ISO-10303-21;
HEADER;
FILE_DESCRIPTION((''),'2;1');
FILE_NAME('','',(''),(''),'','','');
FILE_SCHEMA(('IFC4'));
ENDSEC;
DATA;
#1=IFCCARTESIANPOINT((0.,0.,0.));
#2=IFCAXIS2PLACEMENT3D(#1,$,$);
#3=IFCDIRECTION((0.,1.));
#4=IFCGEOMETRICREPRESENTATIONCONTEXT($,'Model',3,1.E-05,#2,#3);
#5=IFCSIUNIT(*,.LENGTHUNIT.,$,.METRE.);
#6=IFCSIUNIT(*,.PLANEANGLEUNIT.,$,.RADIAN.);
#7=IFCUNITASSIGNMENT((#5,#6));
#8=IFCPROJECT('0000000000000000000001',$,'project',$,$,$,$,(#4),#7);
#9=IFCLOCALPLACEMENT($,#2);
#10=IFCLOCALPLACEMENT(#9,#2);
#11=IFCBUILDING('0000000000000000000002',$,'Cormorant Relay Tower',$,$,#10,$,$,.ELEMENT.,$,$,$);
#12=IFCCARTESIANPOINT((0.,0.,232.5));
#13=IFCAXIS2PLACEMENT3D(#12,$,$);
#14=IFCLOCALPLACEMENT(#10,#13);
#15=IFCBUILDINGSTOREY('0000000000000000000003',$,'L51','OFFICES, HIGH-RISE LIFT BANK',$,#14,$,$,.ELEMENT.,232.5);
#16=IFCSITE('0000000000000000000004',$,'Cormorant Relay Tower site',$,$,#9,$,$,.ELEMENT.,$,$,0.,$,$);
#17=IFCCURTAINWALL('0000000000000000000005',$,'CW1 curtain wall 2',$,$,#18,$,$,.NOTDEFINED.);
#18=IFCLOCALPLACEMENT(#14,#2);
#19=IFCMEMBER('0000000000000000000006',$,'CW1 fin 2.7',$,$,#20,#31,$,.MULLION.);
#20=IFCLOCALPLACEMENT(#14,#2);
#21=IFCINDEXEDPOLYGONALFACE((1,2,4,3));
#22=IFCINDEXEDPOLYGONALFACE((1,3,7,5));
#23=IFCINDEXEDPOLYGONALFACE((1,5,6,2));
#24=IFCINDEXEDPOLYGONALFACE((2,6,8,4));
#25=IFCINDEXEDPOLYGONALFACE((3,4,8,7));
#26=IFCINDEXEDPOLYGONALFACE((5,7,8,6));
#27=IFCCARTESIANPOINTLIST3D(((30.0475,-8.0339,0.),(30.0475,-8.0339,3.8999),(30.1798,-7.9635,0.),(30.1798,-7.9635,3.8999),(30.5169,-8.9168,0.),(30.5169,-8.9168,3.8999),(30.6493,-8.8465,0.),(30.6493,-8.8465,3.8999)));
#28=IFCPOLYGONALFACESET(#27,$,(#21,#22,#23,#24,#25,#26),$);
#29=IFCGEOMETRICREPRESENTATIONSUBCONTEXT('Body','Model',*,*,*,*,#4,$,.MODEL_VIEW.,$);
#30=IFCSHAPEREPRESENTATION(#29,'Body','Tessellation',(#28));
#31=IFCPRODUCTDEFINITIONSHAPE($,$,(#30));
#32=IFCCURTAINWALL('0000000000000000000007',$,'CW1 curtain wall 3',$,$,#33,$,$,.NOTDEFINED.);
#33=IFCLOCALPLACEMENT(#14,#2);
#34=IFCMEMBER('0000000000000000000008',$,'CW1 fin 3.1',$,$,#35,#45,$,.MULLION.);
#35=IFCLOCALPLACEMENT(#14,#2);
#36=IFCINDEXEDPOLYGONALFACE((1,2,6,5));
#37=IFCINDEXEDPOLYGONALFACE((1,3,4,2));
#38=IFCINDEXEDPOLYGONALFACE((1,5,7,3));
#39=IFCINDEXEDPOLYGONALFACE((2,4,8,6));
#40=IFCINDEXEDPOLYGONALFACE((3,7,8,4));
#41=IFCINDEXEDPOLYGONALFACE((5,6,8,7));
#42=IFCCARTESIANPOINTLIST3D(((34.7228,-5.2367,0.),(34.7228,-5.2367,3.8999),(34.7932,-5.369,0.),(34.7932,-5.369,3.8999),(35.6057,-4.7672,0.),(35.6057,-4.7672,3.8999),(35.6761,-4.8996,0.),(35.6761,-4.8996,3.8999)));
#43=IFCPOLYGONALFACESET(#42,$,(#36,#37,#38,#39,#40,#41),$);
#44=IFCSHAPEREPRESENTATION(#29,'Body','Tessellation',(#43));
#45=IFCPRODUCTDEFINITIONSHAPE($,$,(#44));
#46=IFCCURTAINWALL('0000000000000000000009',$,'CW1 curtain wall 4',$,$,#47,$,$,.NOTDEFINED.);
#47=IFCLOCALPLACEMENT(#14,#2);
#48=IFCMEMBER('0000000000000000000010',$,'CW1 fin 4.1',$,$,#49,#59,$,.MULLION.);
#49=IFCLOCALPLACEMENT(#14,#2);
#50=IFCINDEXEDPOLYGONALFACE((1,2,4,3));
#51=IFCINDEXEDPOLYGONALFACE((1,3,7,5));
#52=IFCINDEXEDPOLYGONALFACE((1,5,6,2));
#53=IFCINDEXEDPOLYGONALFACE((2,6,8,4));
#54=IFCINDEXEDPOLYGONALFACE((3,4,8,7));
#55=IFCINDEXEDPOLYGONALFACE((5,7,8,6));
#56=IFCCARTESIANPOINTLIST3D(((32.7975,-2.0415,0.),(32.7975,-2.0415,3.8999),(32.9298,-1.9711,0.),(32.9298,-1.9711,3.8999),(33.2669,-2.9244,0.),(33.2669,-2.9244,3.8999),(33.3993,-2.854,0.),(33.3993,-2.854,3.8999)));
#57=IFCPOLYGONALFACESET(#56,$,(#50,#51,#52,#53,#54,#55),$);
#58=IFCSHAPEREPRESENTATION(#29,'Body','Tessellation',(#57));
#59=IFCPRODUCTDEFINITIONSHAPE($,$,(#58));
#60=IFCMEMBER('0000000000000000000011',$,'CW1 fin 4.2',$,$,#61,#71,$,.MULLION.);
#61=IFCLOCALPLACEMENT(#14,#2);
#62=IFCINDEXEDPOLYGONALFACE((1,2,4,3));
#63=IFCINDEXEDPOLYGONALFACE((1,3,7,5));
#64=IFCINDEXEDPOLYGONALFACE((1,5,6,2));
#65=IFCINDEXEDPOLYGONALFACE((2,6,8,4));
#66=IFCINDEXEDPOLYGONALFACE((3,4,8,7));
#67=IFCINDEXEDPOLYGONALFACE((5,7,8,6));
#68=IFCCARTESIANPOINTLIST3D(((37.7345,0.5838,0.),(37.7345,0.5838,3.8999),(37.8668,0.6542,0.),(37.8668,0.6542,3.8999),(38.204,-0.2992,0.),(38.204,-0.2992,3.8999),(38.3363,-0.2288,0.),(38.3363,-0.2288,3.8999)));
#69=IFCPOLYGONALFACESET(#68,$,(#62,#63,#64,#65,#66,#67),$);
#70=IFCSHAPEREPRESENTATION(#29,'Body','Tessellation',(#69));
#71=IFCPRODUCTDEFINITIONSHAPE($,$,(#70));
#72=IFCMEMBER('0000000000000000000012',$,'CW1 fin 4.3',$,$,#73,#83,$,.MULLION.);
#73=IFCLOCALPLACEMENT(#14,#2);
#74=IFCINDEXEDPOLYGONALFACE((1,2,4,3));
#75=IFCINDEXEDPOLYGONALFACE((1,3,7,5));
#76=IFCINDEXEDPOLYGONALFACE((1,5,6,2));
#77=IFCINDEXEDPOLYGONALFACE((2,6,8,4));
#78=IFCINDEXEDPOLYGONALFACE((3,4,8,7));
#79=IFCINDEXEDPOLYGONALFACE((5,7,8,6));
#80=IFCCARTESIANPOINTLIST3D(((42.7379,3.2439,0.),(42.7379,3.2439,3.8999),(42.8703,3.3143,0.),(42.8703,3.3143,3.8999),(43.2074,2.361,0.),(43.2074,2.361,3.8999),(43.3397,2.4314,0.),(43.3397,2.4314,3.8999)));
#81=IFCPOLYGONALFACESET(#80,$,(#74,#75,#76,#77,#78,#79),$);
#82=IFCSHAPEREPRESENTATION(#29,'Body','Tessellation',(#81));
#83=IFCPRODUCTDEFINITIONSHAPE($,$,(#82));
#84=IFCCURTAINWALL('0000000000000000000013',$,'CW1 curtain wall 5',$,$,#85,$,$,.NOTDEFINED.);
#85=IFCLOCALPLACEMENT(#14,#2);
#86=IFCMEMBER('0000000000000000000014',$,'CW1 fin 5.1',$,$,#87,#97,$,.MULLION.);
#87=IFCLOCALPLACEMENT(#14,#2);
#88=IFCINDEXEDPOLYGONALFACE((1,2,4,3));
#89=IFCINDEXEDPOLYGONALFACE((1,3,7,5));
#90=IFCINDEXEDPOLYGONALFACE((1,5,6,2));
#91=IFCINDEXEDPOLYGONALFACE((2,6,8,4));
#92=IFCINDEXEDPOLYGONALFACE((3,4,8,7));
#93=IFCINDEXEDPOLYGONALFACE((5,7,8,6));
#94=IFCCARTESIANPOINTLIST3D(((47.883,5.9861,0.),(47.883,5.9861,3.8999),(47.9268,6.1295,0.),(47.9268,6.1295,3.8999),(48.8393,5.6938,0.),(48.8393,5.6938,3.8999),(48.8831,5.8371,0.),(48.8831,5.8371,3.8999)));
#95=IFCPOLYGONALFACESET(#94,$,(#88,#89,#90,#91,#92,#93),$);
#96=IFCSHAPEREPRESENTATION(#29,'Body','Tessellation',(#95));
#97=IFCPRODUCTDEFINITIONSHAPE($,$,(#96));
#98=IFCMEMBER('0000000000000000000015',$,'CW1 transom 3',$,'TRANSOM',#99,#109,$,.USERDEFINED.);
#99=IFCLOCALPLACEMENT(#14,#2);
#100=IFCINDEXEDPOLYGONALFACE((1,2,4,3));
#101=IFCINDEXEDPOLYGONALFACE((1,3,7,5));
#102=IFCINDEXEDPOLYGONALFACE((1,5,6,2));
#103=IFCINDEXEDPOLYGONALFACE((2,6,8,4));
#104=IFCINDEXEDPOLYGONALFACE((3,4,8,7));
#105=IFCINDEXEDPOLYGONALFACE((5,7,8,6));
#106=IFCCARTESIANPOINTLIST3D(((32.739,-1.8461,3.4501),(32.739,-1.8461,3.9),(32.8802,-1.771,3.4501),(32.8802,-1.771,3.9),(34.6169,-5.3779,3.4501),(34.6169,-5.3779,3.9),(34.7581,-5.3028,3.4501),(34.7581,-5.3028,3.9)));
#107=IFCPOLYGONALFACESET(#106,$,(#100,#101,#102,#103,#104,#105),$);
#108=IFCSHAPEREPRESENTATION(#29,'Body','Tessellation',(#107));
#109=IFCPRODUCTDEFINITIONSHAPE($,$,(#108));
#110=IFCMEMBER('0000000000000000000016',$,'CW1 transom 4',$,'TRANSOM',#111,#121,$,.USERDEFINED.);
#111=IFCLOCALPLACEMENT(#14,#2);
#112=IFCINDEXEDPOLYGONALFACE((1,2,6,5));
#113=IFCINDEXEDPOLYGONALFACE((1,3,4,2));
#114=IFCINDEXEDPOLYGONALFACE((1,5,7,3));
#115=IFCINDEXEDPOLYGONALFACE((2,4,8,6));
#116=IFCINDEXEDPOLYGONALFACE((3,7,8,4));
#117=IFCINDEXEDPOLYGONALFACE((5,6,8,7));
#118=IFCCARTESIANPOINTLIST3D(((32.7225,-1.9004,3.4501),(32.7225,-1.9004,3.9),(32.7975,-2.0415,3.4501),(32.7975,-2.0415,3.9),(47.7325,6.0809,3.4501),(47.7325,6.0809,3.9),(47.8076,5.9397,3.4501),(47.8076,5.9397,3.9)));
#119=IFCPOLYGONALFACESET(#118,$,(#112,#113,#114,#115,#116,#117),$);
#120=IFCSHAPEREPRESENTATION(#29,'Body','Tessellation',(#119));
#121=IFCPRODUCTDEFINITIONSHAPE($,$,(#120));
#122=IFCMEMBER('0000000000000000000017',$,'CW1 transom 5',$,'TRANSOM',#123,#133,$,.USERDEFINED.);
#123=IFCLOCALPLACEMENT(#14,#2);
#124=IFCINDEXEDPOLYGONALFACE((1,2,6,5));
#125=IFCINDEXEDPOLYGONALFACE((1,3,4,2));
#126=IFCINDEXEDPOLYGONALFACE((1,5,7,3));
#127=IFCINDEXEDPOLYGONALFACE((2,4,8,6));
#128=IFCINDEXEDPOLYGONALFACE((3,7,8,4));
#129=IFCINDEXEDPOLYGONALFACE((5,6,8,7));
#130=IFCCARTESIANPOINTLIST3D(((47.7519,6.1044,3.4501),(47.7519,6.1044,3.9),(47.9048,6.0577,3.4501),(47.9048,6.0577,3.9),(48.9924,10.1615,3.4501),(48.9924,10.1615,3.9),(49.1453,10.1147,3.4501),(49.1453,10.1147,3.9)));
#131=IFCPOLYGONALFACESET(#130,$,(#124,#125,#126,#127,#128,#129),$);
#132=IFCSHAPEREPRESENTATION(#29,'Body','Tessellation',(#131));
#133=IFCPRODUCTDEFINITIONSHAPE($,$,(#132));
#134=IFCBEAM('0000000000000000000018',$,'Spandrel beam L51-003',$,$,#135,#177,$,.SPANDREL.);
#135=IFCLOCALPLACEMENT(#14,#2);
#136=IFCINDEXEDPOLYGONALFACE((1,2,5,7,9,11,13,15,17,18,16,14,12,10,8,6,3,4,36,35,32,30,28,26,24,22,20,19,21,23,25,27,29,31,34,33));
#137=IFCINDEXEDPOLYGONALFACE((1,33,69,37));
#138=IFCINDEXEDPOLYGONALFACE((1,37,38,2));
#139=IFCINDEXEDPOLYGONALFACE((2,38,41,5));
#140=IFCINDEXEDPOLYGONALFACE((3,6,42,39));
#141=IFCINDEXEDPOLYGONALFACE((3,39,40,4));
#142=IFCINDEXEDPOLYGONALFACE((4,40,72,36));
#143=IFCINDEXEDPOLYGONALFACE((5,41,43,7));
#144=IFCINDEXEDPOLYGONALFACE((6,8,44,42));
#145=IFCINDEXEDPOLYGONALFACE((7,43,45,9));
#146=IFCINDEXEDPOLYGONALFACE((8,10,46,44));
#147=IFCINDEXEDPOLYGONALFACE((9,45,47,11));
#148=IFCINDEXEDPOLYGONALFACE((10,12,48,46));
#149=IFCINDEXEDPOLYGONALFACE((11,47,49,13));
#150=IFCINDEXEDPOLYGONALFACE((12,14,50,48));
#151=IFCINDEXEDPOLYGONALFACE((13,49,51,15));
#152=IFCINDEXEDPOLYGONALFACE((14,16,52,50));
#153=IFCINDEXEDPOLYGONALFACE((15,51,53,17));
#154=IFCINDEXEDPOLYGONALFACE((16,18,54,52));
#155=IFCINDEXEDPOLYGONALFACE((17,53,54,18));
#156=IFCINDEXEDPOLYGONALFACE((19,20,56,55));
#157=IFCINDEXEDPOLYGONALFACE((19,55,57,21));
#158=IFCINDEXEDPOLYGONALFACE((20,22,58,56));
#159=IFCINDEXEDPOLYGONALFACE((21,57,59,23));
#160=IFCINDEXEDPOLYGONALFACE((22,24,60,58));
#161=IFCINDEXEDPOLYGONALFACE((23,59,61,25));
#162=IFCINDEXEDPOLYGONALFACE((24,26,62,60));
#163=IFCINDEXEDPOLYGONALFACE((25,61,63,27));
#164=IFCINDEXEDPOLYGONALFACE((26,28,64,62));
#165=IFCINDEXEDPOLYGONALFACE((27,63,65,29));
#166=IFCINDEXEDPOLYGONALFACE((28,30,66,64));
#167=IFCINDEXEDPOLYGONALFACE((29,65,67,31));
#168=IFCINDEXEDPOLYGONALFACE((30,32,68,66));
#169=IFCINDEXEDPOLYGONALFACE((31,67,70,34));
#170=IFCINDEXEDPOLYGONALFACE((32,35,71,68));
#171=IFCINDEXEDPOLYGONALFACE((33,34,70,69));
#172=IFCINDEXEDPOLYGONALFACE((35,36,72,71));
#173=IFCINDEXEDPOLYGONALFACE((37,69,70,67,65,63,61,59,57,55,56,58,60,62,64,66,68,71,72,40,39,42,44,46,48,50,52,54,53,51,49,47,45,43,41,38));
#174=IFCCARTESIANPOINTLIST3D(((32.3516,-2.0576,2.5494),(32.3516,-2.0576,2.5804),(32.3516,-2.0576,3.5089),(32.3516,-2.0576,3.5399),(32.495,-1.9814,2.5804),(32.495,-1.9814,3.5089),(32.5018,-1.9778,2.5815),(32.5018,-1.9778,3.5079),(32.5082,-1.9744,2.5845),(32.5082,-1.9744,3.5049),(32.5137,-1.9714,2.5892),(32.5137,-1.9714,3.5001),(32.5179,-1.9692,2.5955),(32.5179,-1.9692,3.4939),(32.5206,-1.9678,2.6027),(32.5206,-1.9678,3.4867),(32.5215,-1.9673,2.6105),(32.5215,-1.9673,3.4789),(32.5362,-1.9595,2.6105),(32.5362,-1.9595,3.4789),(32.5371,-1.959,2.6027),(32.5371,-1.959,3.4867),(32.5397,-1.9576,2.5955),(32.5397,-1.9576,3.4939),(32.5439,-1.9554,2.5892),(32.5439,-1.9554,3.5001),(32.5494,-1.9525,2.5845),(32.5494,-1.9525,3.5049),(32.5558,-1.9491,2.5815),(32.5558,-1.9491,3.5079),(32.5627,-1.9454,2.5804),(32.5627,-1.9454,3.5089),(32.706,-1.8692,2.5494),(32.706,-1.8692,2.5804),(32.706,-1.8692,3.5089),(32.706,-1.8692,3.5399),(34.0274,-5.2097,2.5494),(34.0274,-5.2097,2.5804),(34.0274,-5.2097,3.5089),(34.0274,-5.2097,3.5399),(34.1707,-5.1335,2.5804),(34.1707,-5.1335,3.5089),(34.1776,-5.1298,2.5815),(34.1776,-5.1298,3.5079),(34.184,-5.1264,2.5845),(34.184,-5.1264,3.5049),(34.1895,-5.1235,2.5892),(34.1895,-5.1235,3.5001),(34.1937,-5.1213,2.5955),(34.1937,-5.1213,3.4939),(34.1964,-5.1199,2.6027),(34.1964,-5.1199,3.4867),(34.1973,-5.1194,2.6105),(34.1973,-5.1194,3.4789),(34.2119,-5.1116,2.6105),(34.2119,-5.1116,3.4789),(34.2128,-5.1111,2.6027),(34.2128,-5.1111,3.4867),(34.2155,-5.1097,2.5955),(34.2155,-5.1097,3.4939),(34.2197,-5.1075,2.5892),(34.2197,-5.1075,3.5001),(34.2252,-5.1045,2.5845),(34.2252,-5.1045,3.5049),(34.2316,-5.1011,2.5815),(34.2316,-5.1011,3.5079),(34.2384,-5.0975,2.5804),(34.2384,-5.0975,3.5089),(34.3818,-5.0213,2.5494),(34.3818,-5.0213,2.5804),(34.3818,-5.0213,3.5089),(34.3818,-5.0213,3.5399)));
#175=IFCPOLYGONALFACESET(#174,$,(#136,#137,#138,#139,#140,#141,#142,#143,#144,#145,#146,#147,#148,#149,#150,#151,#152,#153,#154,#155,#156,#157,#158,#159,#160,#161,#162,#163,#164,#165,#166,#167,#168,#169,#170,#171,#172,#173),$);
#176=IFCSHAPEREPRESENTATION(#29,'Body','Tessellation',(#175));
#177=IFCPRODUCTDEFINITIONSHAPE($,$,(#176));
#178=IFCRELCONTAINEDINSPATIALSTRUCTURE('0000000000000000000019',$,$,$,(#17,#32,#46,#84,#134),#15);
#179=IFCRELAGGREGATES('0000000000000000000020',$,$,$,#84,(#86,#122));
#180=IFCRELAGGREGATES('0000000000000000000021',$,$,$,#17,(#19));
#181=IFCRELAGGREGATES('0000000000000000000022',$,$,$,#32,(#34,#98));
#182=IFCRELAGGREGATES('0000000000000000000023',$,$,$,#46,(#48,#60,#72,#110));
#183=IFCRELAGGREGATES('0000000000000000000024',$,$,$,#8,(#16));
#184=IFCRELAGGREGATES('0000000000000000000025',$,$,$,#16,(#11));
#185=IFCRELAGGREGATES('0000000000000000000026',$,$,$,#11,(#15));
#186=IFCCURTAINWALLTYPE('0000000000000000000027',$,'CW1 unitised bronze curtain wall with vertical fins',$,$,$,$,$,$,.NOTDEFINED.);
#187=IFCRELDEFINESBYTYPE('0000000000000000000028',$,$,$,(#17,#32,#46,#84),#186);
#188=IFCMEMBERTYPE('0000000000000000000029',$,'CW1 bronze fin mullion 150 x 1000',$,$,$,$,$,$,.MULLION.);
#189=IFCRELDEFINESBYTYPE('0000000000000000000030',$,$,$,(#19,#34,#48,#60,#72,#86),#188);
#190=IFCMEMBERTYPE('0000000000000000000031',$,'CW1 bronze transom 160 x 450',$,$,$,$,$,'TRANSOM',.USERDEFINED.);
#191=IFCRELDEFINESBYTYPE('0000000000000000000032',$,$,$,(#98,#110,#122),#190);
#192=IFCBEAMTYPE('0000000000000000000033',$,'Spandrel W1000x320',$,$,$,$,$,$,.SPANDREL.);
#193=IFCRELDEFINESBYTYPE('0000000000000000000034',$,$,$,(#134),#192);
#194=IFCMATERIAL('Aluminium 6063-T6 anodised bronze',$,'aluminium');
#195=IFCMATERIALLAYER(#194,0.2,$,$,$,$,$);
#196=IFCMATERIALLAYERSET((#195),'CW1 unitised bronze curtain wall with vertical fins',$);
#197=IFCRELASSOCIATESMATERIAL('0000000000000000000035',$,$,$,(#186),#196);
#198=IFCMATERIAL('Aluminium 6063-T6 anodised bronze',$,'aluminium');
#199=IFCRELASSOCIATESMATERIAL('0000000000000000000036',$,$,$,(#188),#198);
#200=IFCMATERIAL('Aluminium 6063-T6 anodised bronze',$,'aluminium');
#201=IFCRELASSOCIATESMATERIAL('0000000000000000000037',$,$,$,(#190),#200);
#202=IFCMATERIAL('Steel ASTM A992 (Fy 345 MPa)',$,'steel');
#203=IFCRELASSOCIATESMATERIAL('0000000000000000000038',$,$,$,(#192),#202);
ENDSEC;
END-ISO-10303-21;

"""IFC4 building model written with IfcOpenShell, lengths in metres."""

from ifc_helpers import new_model, si_unit, direction, frame, origin, origin_2d, place, context, subcontext, project, spatial, rectangle, i_section, extrude, material, layer, layer_set, material_profile, profile_set, type_object, element, aggregate, save


model = new_model("IFC4")

# Units and contexts
model_context = context("Model", 3, precision=1e-05, world=origin(), true_north=direction((0.0, 1.0)))
body_context = subcontext(model_context, "Body", "Model", "MODEL_VIEW")
ifc_project = project(units=[si_unit("LENGTHUNIT", "METRE"), si_unit("PLANEANGLEUNIT", "RADIAN")], contexts=[model_context])

# Site, building, storey
site_placement = place(None, origin())
site = spatial("IfcSite", under=ifc_project, at=site_placement, Name="Cormorant Relay Tower site", CompositionType="ELEMENT", RefElevation=0.0)
building_placement = place(site_placement, origin())
building = spatial("IfcBuilding", under=site, at=building_placement, Name="Cormorant Relay Tower", CompositionType="ELEMENT")
storey_placement = place(building_placement, frame((0.0, 0.0, 232.5)))
storey = spatial("IfcBuildingStorey", under=building, at=storey_placement, Name="L51", Description="OFFICES, HIGH-RISE LIFT BANK", CompositionType="ELEMENT", Elevation=232.5)

# Curtain walls, members
ifc_material_1 = material(Name="Aluminium 6063-T6 anodised bronze", Category="aluminium")
ifc_layer_1 = layer(ifc_material_1, 0.2)
ifc_layer_set_1 = layer_set([ifc_layer_1], Name="CW1 unitised bronze curtain wall with vertical fins")
curtain_wall_type = type_object("IfcCurtainWallType", Name="CW1 unitised bronze curtain wall with vertical fins", PredefinedType="NOTDEFINED", material=ifc_layer_set_1)
curtain_wall_1_placement = place(storey_placement, origin())
curtain_wall_1 = element("IfcCurtainWall", 1, at=curtain_wall_1_placement, inside=storey, type_object=curtain_wall_type, Name="CW1 curtain wall 2", PredefinedType="NOTDEFINED")
ifc_material_2 = material(Name="Aluminium 6063-T6 anodised bronze", Category="aluminium")
ifc_material_profile_1 = material_profile(ifc_material_2, rectangle(XDim=0.1499, YDim=1.0, at=origin_2d()), Name="AL 150x1000")
ifc_profile_set_1 = profile_set([ifc_material_profile_1], Name="Aluminium 6063-T6 anodised bronze")
member_type_1 = type_object("IfcMemberType", Name="CW1 bronze fin mullion 150 x 1000", PredefinedType="MULLION", material=ifc_profile_set_1)
member_1_placement = place(storey_placement, frame((30.3484, -8.4402, 0.0), z_axis=(0.0, 0.0, 1.0), x_axis=(0.882948, 0.469472, 0.0)))
member_1 = element("IfcMember", 2, at=member_1_placement, type_object=member_type_1, Name="CW1 fin 2.7", PredefinedType="MULLION", context=body_context, shape_type="SweptSolid", body=[
    extrude(rectangle(XDim=0.1499, YDim=1.0, at=origin_2d()), origin(), (0.0, 0.0, 1.0), 3.8999),
])
curtain_wall_2_placement = place(storey_placement, origin())
curtain_wall_2 = element("IfcCurtainWall", 3, at=curtain_wall_2_placement, inside=storey, type_object=curtain_wall_type, Name="CW1 curtain wall 3", PredefinedType="NOTDEFINED")
member_2_placement = place(storey_placement, frame((35.1995, -5.0681, 0.0), z_axis=(0.0, 0.0, 1.0), x_axis=(-0.469472, 0.882948, 0.0)))
member_2 = element("IfcMember", 4, at=member_2_placement, type_object=member_type_1, Name="CW1 fin 3.1", PredefinedType="MULLION", context=body_context, shape_type="SweptSolid", body=[
    extrude(rectangle(XDim=0.1499, YDim=1.0, at=origin_2d()), origin(), (0.0, 0.0, 1.0), 3.8999),
])

# Curtain wall, members
curtain_wall_3_placement = place(storey_placement, origin())
curtain_wall_3 = element("IfcCurtainWall", 5, at=curtain_wall_3_placement, inside=storey, type_object=curtain_wall_type, Name="CW1 curtain wall 4", PredefinedType="NOTDEFINED")
member_3_placement = place(storey_placement, frame((33.0984, -2.4478, 0.0), z_axis=(0.0, 0.0, 1.0), x_axis=(0.882948, 0.469472, 0.0)))
member_3 = element("IfcMember", 6, at=member_3_placement, type_object=member_type_1, Name="CW1 fin 4.1", PredefinedType="MULLION", context=body_context, shape_type="SweptSolid", body=[
    extrude(rectangle(XDim=0.1499, YDim=1.0, at=origin_2d()), origin(), (0.0, 0.0, 1.0), 3.8999),
])
member_4_placement = place(storey_placement, frame((38.0354, 0.1775, 0.0), z_axis=(0.0, 0.0, 1.0), x_axis=(0.882948, 0.469472, 0.0)))
member_4 = element("IfcMember", 7, at=member_4_placement, type_object=member_type_1, Name="CW1 fin 4.2", PredefinedType="MULLION", context=body_context, shape_type="SweptSolid", body=[
    extrude(rectangle(XDim=0.1499, YDim=1.0, at=origin_2d()), origin(), (0.0, 0.0, 1.0), 3.8999),
])
member_5_placement = place(storey_placement, frame((43.0388, 2.8376, 0.0), z_axis=(0.0, 0.0, 1.0), x_axis=(0.882948, 0.469472, 0.0)))
member_5 = element("IfcMember", 8, at=member_5_placement, type_object=member_type_1, Name="CW1 fin 4.3", PredefinedType="MULLION", context=body_context, shape_type="SweptSolid", body=[
    extrude(rectangle(XDim=0.1499, YDim=1.0, at=origin_2d()), origin(), (0.0, 0.0, 1.0), 3.8999),
])

# Curtain wall, member
curtain_wall_4_placement = place(storey_placement, origin())
curtain_wall_4 = element("IfcCurtainWall", 9, at=curtain_wall_4_placement, inside=storey, type_object=curtain_wall_type, Name="CW1 curtain wall 5", PredefinedType="NOTDEFINED")
member_6_placement = place(storey_placement, frame((48.3831, 5.9116, 0.0), z_axis=(0.0, 0.0, 1.0), x_axis=(0.292372, 0.956305, 0.0)))
member_6 = element("IfcMember", 10, at=member_6_placement, type_object=member_type_1, Name="CW1 fin 5.1", PredefinedType="MULLION", context=body_context, shape_type="SweptSolid", body=[
    extrude(rectangle(XDim=0.1499, YDim=1.0, at=origin_2d()), origin(), (0.0, 0.0, 1.0), 3.8999),
])

# Members
ifc_material_3 = material(Name="Aluminium 6063-T6 anodised bronze", Category="aluminium")
ifc_material_profile_2 = material_profile(ifc_material_3, rectangle(XDim=0.1599, YDim=0.45, at=origin_2d()), Name="AL 160x450")
ifc_profile_set_2 = profile_set([ifc_material_profile_2], Name="Aluminium 6063-T6 anodised bronze")
member_type_2 = type_object("IfcMemberType", Name="CW1 bronze transom 160 x 450", ElementType="TRANSOM", PredefinedType="USERDEFINED", material=ifc_profile_set_2)
member_7_placement = place(storey_placement, frame((34.6875, -5.3403, 3.675), z_axis=(-0.469485, 0.88294, 0.0), x_axis=(-0.88294, -0.469485, 0.0)))
member_7 = element("IfcMember", 11, at=member_7_placement, type_object=member_type_2, Name="CW1 transom 3", ObjectType="TRANSOM", PredefinedType="USERDEFINED", context=body_context, shape_type="SweptSolid", body=[
    extrude(rectangle(XDim=0.1599, YDim=0.45, at=origin_2d()), origin(), (0.0, 0.0, 1.0), 4.0),
])
member_8_placement = place(storey_placement, frame((32.76, -1.9709, 3.675), z_axis=(0.882942, 0.469482, 0.0), x_axis=(-0.469482, 0.882942, 0.0)))
member_8 = element("IfcMember", 12, at=member_8_placement, type_object=member_type_2, Name="CW1 transom 4", ObjectType="TRANSOM", PredefinedType="USERDEFINED", context=body_context, shape_type="SweptSolid", body=[
    extrude(rectangle(XDim=0.1599, YDim=0.45, at=origin_2d()), origin(), (0.0, 0.0, 1.0), 17.0),
])
member_9_placement = place(storey_placement, frame((47.8284, 6.0811, 3.675), z_axis=(0.292391, 0.956299, 0.0), x_axis=(-0.956299, 0.292391, 0.0)))
member_9 = element("IfcMember", 13, at=member_9_placement, type_object=member_type_2, Name="CW1 transom 5", ObjectType="TRANSOM", PredefinedType="USERDEFINED", context=body_context, shape_type="SweptSolid", body=[
    extrude(rectangle(XDim=0.1599, YDim=0.45, at=origin_2d()), origin(), (0.0, 0.0, 1.0), 4.2424),
])
aggregate(curtain_wall_4, [member_6, member_9])

# Beam
ifc_material_4 = material(Name="Steel ASTM A992 (Fy 345 MPa)", Category="steel")
ifc_material_profile_3 = material_profile(ifc_material_4, i_section(OverallWidth=0.4014, OverallDepth=0.9905, WebThickness=0.0166, FlangeThickness=0.031, FilletRadius=0.03, at=origin_2d()), Name="W1000x320")
ifc_profile_set_3 = profile_set([ifc_material_profile_3], Name="Steel ASTM A992 (Fy 345 MPa)")
beam_type = type_object("IfcBeamType", Name="Spandrel W1000x320", PredefinedType="SPANDREL", material=ifc_profile_set_3)
beam_1_placement = place(storey_placement, frame((34.2046, -5.1155, 3.0447), z_axis=(-0.469424, 0.882973, 0.0), x_axis=(-0.882973, -0.469424, 0.0)))
element("IfcBeam", 14, at=beam_1_placement, inside=storey, type_object=beam_type, Name="Spandrel beam L51-003", PredefinedType="SPANDREL", context=body_context, shape_type="SweptSolid", body=[
    extrude(i_section(OverallWidth=0.4014, OverallDepth=0.9905, WebThickness=0.0166, FlangeThickness=0.031, FilletRadius=0.03, at=origin_2d()), origin(), (0.0, 0.0, 1.0), 3.5698),
])

aggregate(curtain_wall_1, [member_1])
aggregate(curtain_wall_2, [member_2, member_7])
aggregate(curtain_wall_3, [member_3, member_4, member_5, member_8])

save(model, "model.ifc")
